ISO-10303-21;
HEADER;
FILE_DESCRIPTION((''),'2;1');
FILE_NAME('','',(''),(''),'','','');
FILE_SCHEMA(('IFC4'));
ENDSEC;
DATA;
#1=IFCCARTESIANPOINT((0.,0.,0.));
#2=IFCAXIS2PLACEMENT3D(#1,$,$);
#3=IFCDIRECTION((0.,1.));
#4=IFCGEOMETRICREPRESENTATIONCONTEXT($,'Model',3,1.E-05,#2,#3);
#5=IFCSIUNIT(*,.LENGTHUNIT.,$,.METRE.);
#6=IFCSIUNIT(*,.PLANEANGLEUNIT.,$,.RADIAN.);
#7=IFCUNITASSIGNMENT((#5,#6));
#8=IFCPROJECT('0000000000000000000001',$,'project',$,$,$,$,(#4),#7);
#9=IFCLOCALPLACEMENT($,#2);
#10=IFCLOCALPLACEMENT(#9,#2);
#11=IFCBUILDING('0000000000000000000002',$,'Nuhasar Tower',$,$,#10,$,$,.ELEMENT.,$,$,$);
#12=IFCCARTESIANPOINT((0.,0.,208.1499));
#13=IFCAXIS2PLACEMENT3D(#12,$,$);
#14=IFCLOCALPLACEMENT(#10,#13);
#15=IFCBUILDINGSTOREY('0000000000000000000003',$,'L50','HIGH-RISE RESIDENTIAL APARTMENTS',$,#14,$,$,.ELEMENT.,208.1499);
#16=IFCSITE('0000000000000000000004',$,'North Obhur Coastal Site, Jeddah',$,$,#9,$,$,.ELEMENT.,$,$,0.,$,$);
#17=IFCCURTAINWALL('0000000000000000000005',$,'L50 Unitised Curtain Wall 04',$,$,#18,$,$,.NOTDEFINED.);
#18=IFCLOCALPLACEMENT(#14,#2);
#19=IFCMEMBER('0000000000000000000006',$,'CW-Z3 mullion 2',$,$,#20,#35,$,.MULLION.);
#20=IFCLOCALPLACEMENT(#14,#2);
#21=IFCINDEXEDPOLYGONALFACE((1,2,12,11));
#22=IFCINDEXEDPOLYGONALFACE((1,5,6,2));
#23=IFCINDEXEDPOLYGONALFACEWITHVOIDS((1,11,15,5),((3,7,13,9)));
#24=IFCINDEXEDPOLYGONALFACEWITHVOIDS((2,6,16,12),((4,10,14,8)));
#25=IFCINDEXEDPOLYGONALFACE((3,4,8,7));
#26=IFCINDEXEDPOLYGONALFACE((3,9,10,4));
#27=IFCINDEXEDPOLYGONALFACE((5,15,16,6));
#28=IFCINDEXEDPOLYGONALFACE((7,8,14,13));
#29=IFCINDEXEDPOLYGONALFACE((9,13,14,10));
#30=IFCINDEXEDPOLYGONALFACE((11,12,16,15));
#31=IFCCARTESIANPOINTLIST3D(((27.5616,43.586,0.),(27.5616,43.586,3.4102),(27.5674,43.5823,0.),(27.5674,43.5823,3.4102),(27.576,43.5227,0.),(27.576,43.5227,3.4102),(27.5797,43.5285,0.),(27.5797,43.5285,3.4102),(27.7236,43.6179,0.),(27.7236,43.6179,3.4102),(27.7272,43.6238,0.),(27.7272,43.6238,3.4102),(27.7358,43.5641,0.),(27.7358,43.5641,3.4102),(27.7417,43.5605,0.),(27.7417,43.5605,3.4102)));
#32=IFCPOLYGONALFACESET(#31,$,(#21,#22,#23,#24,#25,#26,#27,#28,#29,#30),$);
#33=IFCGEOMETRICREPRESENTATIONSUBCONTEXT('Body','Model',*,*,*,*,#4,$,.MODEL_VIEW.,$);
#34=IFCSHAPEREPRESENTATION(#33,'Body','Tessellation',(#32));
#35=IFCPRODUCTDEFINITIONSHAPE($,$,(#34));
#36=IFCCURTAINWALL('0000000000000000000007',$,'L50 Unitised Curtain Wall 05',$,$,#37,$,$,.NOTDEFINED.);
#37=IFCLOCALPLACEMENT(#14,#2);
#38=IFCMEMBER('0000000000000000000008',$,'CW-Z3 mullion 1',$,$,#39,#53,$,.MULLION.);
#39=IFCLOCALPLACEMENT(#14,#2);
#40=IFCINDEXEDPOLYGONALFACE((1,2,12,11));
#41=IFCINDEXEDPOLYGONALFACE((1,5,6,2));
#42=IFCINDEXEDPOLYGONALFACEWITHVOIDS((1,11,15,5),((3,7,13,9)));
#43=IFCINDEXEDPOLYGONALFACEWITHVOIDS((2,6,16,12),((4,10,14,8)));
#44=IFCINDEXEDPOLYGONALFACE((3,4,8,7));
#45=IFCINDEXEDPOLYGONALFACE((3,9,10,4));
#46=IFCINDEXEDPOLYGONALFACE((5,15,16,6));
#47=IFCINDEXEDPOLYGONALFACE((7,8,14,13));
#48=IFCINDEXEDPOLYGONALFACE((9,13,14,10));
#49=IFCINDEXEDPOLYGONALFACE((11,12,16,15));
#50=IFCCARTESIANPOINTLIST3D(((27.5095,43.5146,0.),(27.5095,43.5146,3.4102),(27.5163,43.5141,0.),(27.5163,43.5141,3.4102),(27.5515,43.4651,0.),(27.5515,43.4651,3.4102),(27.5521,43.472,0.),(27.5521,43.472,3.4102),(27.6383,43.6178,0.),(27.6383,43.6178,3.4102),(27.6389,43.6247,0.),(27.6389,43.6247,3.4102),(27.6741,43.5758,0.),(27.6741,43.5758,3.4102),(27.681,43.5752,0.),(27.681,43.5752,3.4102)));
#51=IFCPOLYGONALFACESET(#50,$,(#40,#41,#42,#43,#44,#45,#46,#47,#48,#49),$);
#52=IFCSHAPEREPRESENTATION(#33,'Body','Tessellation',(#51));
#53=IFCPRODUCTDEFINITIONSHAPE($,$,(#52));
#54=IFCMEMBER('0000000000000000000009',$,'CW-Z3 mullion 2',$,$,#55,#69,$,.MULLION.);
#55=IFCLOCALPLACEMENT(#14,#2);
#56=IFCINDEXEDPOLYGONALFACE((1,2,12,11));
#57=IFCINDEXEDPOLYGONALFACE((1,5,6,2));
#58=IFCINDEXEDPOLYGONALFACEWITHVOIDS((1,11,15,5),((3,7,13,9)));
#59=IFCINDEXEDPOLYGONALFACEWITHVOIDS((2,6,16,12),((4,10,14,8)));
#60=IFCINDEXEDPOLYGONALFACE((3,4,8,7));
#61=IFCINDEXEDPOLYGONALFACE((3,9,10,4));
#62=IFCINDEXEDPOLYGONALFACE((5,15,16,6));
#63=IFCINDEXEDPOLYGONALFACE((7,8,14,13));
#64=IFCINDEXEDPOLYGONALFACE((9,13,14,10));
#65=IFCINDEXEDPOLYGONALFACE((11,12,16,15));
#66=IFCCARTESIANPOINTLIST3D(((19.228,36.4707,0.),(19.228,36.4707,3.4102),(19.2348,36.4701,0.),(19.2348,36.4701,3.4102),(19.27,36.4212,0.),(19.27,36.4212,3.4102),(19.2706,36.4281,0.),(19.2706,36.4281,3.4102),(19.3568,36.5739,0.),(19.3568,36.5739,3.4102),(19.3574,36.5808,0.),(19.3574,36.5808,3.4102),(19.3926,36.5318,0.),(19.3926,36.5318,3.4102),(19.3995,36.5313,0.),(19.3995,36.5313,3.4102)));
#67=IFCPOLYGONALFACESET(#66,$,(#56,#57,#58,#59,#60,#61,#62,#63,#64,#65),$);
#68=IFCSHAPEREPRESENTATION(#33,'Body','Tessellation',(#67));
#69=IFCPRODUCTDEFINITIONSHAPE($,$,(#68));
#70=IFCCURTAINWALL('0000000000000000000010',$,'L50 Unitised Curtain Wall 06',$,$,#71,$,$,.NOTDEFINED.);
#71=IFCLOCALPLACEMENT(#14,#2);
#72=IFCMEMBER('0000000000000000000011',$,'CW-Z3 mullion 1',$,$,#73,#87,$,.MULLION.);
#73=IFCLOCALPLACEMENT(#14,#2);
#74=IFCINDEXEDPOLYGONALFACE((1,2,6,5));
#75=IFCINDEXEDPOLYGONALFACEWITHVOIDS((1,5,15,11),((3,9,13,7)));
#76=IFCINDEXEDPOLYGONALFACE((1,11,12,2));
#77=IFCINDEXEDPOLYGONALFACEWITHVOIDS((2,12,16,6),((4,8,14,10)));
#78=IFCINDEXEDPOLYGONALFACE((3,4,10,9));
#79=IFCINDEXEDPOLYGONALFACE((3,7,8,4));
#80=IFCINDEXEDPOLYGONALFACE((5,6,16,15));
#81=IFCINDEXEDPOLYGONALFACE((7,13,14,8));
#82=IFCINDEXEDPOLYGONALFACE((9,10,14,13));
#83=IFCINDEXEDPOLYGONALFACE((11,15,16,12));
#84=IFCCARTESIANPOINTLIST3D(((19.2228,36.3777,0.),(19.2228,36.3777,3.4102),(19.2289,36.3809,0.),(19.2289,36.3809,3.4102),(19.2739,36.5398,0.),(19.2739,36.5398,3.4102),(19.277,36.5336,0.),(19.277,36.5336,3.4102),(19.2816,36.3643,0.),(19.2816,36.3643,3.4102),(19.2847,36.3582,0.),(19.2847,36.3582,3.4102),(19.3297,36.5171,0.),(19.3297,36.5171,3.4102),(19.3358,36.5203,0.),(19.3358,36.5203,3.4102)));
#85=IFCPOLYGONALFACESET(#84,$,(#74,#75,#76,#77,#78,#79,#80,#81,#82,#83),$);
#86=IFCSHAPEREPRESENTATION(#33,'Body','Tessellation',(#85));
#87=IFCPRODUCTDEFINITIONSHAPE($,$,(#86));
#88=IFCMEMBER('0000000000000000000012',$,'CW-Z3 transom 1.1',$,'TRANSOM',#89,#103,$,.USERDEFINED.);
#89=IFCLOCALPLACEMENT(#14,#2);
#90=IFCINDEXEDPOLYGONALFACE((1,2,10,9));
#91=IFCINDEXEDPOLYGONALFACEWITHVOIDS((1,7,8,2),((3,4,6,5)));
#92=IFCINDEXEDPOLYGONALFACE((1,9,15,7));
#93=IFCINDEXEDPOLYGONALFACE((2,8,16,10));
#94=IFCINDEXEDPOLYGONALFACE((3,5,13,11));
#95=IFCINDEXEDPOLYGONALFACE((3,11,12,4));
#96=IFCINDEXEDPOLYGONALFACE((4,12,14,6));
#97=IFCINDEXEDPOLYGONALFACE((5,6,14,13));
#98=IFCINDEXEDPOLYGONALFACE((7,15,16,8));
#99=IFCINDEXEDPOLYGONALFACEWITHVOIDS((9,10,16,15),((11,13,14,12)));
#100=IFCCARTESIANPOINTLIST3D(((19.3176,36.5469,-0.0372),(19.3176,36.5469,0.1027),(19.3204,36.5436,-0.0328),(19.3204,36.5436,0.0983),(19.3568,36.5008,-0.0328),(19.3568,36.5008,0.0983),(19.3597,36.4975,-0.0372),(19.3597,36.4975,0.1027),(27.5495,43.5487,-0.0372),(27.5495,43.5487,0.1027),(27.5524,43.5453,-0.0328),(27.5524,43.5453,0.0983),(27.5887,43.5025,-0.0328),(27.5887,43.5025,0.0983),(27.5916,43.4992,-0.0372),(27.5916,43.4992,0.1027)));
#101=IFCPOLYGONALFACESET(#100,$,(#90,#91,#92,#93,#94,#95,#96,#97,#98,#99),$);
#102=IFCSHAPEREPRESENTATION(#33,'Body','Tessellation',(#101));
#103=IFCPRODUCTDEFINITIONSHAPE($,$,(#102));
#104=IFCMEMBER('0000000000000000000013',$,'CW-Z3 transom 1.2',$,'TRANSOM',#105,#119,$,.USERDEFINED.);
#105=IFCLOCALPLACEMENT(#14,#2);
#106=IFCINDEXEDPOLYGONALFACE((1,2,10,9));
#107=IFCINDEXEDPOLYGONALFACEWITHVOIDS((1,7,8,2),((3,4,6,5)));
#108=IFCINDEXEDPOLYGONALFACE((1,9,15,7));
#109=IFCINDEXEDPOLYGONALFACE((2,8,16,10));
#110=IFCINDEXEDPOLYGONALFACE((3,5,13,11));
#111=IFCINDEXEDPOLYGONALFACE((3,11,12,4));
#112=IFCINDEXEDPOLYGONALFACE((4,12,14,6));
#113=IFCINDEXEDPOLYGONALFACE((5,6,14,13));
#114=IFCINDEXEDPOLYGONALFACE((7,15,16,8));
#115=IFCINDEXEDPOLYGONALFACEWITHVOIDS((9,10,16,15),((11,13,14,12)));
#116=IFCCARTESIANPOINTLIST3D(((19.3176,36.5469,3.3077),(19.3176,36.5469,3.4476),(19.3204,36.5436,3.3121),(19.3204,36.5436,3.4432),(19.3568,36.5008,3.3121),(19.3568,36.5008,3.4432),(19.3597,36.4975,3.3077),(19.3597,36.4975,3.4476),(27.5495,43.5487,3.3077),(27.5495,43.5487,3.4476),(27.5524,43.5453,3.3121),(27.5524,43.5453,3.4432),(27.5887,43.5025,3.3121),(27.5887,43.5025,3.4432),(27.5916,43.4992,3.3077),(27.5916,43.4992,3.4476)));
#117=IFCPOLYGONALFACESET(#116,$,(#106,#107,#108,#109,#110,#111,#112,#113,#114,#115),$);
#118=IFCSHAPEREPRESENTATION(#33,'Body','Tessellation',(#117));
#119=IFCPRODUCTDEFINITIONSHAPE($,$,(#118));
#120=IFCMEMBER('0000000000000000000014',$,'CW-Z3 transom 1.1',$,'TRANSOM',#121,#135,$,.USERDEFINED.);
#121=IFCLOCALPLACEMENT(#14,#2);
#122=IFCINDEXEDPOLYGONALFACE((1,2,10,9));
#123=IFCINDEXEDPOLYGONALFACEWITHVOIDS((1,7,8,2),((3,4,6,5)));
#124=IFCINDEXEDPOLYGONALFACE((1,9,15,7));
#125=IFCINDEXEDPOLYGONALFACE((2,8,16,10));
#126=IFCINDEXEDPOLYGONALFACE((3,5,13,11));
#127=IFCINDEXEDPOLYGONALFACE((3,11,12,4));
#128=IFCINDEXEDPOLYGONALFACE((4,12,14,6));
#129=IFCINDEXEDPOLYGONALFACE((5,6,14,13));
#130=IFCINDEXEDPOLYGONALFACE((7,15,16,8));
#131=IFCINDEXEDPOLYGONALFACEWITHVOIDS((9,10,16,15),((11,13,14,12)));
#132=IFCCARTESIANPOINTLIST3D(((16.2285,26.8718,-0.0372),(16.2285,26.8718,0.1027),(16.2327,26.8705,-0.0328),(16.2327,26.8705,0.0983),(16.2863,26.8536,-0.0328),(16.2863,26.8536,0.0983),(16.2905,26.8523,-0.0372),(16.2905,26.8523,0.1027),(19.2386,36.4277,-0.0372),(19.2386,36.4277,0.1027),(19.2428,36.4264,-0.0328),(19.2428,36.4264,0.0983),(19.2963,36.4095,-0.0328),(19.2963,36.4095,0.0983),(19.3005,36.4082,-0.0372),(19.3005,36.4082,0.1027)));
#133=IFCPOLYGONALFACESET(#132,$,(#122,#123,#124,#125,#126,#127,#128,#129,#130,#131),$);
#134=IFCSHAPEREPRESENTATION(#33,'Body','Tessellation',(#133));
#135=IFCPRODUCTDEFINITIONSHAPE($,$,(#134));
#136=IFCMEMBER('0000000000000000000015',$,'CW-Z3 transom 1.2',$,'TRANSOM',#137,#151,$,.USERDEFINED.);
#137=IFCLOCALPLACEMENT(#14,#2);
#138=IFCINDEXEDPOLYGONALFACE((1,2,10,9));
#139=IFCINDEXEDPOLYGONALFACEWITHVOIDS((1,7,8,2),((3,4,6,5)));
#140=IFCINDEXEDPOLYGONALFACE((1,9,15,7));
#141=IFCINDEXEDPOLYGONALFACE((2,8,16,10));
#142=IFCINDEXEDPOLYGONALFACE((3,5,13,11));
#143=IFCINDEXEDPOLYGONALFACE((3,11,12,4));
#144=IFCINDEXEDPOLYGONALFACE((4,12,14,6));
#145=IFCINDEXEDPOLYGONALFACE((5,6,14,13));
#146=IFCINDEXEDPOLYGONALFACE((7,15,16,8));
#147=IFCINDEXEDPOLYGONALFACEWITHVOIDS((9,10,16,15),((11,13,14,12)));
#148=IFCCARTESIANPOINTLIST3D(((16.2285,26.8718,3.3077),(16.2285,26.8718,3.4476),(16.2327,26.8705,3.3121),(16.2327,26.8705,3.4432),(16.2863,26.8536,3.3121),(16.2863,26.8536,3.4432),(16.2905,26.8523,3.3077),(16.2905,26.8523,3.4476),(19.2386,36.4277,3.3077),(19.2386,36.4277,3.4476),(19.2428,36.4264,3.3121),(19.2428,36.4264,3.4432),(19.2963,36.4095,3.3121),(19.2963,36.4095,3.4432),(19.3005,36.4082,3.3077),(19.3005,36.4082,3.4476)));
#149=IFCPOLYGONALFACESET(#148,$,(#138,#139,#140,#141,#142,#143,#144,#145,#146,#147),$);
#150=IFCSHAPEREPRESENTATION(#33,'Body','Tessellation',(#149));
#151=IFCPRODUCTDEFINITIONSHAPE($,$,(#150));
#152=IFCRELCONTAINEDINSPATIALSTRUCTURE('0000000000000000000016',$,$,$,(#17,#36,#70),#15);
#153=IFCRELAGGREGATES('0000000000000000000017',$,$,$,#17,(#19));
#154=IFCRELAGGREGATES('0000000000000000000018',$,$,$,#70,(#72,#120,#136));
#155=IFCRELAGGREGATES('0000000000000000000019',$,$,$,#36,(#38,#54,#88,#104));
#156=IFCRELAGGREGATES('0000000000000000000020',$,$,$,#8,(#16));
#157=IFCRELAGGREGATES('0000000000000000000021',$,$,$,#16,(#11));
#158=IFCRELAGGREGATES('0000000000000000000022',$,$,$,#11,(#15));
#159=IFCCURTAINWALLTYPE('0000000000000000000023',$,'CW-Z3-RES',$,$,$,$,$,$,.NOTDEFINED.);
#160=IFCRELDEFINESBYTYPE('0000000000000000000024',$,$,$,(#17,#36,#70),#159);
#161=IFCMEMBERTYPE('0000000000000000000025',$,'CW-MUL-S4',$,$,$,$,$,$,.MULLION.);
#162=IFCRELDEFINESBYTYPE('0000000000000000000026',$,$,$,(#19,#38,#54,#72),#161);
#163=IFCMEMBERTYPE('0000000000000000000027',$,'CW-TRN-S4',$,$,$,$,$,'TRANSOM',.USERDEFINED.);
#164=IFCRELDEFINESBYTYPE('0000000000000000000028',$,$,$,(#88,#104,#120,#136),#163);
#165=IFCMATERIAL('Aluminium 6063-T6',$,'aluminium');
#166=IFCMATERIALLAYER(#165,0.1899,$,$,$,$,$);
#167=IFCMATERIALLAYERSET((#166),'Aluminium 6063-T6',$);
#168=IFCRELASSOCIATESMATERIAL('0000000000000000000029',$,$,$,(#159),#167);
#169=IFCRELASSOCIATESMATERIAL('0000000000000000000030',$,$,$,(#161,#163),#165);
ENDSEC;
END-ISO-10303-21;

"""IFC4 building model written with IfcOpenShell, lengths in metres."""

from ifc_helpers import new_model, si_unit, direction, frame, origin, origin_2d, place, context, subcontext, project, spatial, hollow_rectangle, extrude, material, layer, layer_set, material_profile, profile_set, type_object, element, aggregate, save


model = new_model("IFC4")

# Units and contexts
model_context = context("Model", 3, precision=1e-05, world=origin(), true_north=direction((0.0, 1.0)))
body_context = subcontext(model_context, "Body", "Model", "MODEL_VIEW")
ifc_project = project(units=[si_unit("LENGTHUNIT", "METRE"), si_unit("PLANEANGLEUNIT", "RADIAN")], contexts=[model_context])

# Site, building, storey
site_placement = place(None, origin())
site = spatial("IfcSite", under=ifc_project, at=site_placement, Name="North Obhur Coastal Site, Jeddah", CompositionType="ELEMENT", RefElevation=0.0)
building_placement = place(site_placement, origin())
building = spatial("IfcBuilding", under=site, at=building_placement, Name="Nuhasar Tower", CompositionType="ELEMENT")
storey_placement = place(building_placement, frame((0.0, 0.0, 208.1499)))
storey = spatial("IfcBuildingStorey", under=building, at=storey_placement, Name="L50", Description="HIGH-RISE RESIDENTIAL APARTMENTS", CompositionType="ELEMENT", Elevation=208.1499)

# Curtain wall, member
ifc_material_1 = material(Name="Aluminium 6063-T6", Category="aluminium")
ifc_layer_1 = layer(ifc_material_1, 0.1899)
ifc_layer_set_1 = layer_set([ifc_layer_1], Name="Aluminium 6063-T6")
curtain_wall_type = type_object("IfcCurtainWallType", Name="CW-Z3-RES", PredefinedType="NOTDEFINED", material=ifc_layer_set_1)
curtain_wall_1_placement = place(storey_placement, origin())
curtain_wall_1 = element("IfcCurtainWall", 1, at=curtain_wall_1_placement, inside=storey, type_object=curtain_wall_type, Name="L50 Unitised Curtain Wall 04", PredefinedType="NOTDEFINED")
ifc_material_profile_1 = material_profile(ifc_material_1, hollow_rectangle(XDim=0.0649, YDim=0.1699, WallThickness=0.0049, at=origin_2d()), Name="CWM-4")
ifc_profile_set_1 = profile_set([ifc_material_profile_1], Name="Aluminium 6063-T6")
member_type_1 = type_object("IfcMemberType", Name="CW-MUL-S4", PredefinedType="MULLION", material=ifc_profile_set_1)
member_1_placement = place(storey_placement, frame((27.6516, 43.5732, 0.0), z_axis=(0.0, 0.0, 1.0), x_axis=(0.222243, -0.974991, 0.0)))
member_1 = element("IfcMember", 2, at=member_1_placement, type_object=member_type_1, Name="CW-Z3 mullion 2", PredefinedType="MULLION", context=body_context, shape_type="SweptSolid", body=[
    extrude(hollow_rectangle(XDim=0.0649, YDim=0.1699, WallThickness=0.0049, at=origin_2d()), origin(), (0.0, 0.0, 1.0), 3.4102),
])
aggregate(curtain_wall_1, [member_1])

# Curtain wall, members
curtain_wall_2_placement = place(storey_placement, origin())
curtain_wall_2 = element("IfcCurtainWall", 3, at=curtain_wall_2_placement, inside=storey, type_object=curtain_wall_type, Name="L50 Unitised Curtain Wall 05", PredefinedType="NOTDEFINED")
member_2_placement = place(storey_placement, frame((27.5952, 43.5449, 0.0), z_axis=(0.0, 0.0, 1.0), x_axis=(0.647895, -0.761729, 0.0)))
member_2 = element("IfcMember", 4, at=member_2_placement, type_object=member_type_1, Name="CW-Z3 mullion 1", PredefinedType="MULLION", context=body_context, shape_type="SweptSolid", body=[
    extrude(hollow_rectangle(XDim=0.0649, YDim=0.1699, WallThickness=0.0049, at=origin_2d()), origin(), (0.0, 0.0, 1.0), 3.4102),
])
member_3_placement = place(storey_placement, frame((19.3137, 36.501, 0.0), z_axis=(0.0, 0.0, 1.0), x_axis=(0.647895, -0.761729, 0.0)))
member_3 = element("IfcMember", 5, at=member_3_placement, type_object=member_type_1, Name="CW-Z3 mullion 2", PredefinedType="MULLION", context=body_context, shape_type="SweptSolid", body=[
    extrude(hollow_rectangle(XDim=0.0649, YDim=0.1699, WallThickness=0.0049, at=origin_2d()), origin(), (0.0, 0.0, 1.0), 3.4102),
])

# Curtain wall, member
curtain_wall_3_placement = place(storey_placement, origin())
curtain_wall_3 = element("IfcCurtainWall", 6, at=curtain_wall_3_placement, inside=storey, type_object=curtain_wall_type, Name="L50 Unitised Curtain Wall 06", PredefinedType="NOTDEFINED")
member_4_placement = place(storey_placement, frame((19.2793, 36.449, 0.0), z_axis=(0.0, 0.0, 1.0), x_axis=(0.953804, -0.300429, 0.0)))
member_4 = element("IfcMember", 7, at=member_4_placement, type_object=member_type_1, Name="CW-Z3 mullion 1", PredefinedType="MULLION", context=body_context, shape_type="SweptSolid", body=[
    extrude(hollow_rectangle(XDim=0.0649, YDim=0.1699, WallThickness=0.0049, at=origin_2d()), origin(), (0.0, 0.0, 1.0), 3.4102),
])

# Members
ifc_material_profile_2 = material_profile(ifc_material_1, hollow_rectangle(XDim=0.0649, YDim=0.1399, WallThickness=0.0044, at=origin_2d()), Name="CWT-4")
ifc_profile_set_2 = profile_set([ifc_material_profile_2], Name="Aluminium 6063-T6")
member_type_2 = type_object("IfcMemberType", Name="CW-TRN-S4", ElementType="TRANSOM", PredefinedType="USERDEFINED", material=ifc_profile_set_2)
member_5_placement = place(storey_placement, frame((27.5706, 43.5239, 0.0327), z_axis=(-0.761731, -0.647894, 0.0), x_axis=(0.647894, -0.761731, 0.0)))
member_5 = element("IfcMember", 8, at=member_5_placement, type_object=member_type_2, Name="CW-Z3 transom 1.1", ObjectType="TRANSOM", PredefinedType="USERDEFINED", context=body_context, shape_type="SweptSolid", body=[
    extrude(hollow_rectangle(XDim=0.0649, YDim=0.1399, WallThickness=0.0044, at=origin_2d()), origin(), (0.0, 0.0, 1.0), 10.8069),
])
member_6_placement = place(storey_placement, frame((27.5706, 43.5239, 3.3777), z_axis=(-0.761731, -0.647894, 0.0), x_axis=(0.647894, -0.761731, 0.0)))
member_6 = element("IfcMember", 9, at=member_6_placement, type_object=member_type_2, Name="CW-Z3 transom 1.2", ObjectType="TRANSOM", PredefinedType="USERDEFINED", context=body_context, shape_type="SweptSolid", body=[
    extrude(hollow_rectangle(XDim=0.0649, YDim=0.1399, WallThickness=0.0044, at=origin_2d()), origin(), (0.0, 0.0, 1.0), 10.8069),
])
member_7_placement = place(storey_placement, frame((19.2695, 36.418, 0.0327), z_axis=(-0.300437, -0.953802, 0.0), x_axis=(0.953802, -0.300437, 0.0)))
member_7 = element("IfcMember", 10, at=member_7_placement, type_object=member_type_2, Name="CW-Z3 transom 1.1", ObjectType="TRANSOM", PredefinedType="USERDEFINED", context=body_context, shape_type="SweptSolid", body=[
    extrude(hollow_rectangle(XDim=0.0649, YDim=0.1399, WallThickness=0.0044, at=origin_2d()), origin(), (0.0, 0.0, 1.0), 10.0188),
])
member_8_placement = place(storey_placement, frame((19.2695, 36.418, 3.3777), z_axis=(-0.300437, -0.953802, 0.0), x_axis=(0.953802, -0.300437, 0.0)))
member_8 = element("IfcMember", 11, at=member_8_placement, type_object=member_type_2, Name="CW-Z3 transom 1.2", ObjectType="TRANSOM", PredefinedType="USERDEFINED", context=body_context, shape_type="SweptSolid", body=[
    extrude(hollow_rectangle(XDim=0.0649, YDim=0.1399, WallThickness=0.0044, at=origin_2d()), origin(), (0.0, 0.0, 1.0), 10.0188),
])
aggregate(curtain_wall_3, [member_4, member_7, member_8])

aggregate(curtain_wall_2, [member_2, member_3, member_5, member_6])

save(model, "model.ifc")
